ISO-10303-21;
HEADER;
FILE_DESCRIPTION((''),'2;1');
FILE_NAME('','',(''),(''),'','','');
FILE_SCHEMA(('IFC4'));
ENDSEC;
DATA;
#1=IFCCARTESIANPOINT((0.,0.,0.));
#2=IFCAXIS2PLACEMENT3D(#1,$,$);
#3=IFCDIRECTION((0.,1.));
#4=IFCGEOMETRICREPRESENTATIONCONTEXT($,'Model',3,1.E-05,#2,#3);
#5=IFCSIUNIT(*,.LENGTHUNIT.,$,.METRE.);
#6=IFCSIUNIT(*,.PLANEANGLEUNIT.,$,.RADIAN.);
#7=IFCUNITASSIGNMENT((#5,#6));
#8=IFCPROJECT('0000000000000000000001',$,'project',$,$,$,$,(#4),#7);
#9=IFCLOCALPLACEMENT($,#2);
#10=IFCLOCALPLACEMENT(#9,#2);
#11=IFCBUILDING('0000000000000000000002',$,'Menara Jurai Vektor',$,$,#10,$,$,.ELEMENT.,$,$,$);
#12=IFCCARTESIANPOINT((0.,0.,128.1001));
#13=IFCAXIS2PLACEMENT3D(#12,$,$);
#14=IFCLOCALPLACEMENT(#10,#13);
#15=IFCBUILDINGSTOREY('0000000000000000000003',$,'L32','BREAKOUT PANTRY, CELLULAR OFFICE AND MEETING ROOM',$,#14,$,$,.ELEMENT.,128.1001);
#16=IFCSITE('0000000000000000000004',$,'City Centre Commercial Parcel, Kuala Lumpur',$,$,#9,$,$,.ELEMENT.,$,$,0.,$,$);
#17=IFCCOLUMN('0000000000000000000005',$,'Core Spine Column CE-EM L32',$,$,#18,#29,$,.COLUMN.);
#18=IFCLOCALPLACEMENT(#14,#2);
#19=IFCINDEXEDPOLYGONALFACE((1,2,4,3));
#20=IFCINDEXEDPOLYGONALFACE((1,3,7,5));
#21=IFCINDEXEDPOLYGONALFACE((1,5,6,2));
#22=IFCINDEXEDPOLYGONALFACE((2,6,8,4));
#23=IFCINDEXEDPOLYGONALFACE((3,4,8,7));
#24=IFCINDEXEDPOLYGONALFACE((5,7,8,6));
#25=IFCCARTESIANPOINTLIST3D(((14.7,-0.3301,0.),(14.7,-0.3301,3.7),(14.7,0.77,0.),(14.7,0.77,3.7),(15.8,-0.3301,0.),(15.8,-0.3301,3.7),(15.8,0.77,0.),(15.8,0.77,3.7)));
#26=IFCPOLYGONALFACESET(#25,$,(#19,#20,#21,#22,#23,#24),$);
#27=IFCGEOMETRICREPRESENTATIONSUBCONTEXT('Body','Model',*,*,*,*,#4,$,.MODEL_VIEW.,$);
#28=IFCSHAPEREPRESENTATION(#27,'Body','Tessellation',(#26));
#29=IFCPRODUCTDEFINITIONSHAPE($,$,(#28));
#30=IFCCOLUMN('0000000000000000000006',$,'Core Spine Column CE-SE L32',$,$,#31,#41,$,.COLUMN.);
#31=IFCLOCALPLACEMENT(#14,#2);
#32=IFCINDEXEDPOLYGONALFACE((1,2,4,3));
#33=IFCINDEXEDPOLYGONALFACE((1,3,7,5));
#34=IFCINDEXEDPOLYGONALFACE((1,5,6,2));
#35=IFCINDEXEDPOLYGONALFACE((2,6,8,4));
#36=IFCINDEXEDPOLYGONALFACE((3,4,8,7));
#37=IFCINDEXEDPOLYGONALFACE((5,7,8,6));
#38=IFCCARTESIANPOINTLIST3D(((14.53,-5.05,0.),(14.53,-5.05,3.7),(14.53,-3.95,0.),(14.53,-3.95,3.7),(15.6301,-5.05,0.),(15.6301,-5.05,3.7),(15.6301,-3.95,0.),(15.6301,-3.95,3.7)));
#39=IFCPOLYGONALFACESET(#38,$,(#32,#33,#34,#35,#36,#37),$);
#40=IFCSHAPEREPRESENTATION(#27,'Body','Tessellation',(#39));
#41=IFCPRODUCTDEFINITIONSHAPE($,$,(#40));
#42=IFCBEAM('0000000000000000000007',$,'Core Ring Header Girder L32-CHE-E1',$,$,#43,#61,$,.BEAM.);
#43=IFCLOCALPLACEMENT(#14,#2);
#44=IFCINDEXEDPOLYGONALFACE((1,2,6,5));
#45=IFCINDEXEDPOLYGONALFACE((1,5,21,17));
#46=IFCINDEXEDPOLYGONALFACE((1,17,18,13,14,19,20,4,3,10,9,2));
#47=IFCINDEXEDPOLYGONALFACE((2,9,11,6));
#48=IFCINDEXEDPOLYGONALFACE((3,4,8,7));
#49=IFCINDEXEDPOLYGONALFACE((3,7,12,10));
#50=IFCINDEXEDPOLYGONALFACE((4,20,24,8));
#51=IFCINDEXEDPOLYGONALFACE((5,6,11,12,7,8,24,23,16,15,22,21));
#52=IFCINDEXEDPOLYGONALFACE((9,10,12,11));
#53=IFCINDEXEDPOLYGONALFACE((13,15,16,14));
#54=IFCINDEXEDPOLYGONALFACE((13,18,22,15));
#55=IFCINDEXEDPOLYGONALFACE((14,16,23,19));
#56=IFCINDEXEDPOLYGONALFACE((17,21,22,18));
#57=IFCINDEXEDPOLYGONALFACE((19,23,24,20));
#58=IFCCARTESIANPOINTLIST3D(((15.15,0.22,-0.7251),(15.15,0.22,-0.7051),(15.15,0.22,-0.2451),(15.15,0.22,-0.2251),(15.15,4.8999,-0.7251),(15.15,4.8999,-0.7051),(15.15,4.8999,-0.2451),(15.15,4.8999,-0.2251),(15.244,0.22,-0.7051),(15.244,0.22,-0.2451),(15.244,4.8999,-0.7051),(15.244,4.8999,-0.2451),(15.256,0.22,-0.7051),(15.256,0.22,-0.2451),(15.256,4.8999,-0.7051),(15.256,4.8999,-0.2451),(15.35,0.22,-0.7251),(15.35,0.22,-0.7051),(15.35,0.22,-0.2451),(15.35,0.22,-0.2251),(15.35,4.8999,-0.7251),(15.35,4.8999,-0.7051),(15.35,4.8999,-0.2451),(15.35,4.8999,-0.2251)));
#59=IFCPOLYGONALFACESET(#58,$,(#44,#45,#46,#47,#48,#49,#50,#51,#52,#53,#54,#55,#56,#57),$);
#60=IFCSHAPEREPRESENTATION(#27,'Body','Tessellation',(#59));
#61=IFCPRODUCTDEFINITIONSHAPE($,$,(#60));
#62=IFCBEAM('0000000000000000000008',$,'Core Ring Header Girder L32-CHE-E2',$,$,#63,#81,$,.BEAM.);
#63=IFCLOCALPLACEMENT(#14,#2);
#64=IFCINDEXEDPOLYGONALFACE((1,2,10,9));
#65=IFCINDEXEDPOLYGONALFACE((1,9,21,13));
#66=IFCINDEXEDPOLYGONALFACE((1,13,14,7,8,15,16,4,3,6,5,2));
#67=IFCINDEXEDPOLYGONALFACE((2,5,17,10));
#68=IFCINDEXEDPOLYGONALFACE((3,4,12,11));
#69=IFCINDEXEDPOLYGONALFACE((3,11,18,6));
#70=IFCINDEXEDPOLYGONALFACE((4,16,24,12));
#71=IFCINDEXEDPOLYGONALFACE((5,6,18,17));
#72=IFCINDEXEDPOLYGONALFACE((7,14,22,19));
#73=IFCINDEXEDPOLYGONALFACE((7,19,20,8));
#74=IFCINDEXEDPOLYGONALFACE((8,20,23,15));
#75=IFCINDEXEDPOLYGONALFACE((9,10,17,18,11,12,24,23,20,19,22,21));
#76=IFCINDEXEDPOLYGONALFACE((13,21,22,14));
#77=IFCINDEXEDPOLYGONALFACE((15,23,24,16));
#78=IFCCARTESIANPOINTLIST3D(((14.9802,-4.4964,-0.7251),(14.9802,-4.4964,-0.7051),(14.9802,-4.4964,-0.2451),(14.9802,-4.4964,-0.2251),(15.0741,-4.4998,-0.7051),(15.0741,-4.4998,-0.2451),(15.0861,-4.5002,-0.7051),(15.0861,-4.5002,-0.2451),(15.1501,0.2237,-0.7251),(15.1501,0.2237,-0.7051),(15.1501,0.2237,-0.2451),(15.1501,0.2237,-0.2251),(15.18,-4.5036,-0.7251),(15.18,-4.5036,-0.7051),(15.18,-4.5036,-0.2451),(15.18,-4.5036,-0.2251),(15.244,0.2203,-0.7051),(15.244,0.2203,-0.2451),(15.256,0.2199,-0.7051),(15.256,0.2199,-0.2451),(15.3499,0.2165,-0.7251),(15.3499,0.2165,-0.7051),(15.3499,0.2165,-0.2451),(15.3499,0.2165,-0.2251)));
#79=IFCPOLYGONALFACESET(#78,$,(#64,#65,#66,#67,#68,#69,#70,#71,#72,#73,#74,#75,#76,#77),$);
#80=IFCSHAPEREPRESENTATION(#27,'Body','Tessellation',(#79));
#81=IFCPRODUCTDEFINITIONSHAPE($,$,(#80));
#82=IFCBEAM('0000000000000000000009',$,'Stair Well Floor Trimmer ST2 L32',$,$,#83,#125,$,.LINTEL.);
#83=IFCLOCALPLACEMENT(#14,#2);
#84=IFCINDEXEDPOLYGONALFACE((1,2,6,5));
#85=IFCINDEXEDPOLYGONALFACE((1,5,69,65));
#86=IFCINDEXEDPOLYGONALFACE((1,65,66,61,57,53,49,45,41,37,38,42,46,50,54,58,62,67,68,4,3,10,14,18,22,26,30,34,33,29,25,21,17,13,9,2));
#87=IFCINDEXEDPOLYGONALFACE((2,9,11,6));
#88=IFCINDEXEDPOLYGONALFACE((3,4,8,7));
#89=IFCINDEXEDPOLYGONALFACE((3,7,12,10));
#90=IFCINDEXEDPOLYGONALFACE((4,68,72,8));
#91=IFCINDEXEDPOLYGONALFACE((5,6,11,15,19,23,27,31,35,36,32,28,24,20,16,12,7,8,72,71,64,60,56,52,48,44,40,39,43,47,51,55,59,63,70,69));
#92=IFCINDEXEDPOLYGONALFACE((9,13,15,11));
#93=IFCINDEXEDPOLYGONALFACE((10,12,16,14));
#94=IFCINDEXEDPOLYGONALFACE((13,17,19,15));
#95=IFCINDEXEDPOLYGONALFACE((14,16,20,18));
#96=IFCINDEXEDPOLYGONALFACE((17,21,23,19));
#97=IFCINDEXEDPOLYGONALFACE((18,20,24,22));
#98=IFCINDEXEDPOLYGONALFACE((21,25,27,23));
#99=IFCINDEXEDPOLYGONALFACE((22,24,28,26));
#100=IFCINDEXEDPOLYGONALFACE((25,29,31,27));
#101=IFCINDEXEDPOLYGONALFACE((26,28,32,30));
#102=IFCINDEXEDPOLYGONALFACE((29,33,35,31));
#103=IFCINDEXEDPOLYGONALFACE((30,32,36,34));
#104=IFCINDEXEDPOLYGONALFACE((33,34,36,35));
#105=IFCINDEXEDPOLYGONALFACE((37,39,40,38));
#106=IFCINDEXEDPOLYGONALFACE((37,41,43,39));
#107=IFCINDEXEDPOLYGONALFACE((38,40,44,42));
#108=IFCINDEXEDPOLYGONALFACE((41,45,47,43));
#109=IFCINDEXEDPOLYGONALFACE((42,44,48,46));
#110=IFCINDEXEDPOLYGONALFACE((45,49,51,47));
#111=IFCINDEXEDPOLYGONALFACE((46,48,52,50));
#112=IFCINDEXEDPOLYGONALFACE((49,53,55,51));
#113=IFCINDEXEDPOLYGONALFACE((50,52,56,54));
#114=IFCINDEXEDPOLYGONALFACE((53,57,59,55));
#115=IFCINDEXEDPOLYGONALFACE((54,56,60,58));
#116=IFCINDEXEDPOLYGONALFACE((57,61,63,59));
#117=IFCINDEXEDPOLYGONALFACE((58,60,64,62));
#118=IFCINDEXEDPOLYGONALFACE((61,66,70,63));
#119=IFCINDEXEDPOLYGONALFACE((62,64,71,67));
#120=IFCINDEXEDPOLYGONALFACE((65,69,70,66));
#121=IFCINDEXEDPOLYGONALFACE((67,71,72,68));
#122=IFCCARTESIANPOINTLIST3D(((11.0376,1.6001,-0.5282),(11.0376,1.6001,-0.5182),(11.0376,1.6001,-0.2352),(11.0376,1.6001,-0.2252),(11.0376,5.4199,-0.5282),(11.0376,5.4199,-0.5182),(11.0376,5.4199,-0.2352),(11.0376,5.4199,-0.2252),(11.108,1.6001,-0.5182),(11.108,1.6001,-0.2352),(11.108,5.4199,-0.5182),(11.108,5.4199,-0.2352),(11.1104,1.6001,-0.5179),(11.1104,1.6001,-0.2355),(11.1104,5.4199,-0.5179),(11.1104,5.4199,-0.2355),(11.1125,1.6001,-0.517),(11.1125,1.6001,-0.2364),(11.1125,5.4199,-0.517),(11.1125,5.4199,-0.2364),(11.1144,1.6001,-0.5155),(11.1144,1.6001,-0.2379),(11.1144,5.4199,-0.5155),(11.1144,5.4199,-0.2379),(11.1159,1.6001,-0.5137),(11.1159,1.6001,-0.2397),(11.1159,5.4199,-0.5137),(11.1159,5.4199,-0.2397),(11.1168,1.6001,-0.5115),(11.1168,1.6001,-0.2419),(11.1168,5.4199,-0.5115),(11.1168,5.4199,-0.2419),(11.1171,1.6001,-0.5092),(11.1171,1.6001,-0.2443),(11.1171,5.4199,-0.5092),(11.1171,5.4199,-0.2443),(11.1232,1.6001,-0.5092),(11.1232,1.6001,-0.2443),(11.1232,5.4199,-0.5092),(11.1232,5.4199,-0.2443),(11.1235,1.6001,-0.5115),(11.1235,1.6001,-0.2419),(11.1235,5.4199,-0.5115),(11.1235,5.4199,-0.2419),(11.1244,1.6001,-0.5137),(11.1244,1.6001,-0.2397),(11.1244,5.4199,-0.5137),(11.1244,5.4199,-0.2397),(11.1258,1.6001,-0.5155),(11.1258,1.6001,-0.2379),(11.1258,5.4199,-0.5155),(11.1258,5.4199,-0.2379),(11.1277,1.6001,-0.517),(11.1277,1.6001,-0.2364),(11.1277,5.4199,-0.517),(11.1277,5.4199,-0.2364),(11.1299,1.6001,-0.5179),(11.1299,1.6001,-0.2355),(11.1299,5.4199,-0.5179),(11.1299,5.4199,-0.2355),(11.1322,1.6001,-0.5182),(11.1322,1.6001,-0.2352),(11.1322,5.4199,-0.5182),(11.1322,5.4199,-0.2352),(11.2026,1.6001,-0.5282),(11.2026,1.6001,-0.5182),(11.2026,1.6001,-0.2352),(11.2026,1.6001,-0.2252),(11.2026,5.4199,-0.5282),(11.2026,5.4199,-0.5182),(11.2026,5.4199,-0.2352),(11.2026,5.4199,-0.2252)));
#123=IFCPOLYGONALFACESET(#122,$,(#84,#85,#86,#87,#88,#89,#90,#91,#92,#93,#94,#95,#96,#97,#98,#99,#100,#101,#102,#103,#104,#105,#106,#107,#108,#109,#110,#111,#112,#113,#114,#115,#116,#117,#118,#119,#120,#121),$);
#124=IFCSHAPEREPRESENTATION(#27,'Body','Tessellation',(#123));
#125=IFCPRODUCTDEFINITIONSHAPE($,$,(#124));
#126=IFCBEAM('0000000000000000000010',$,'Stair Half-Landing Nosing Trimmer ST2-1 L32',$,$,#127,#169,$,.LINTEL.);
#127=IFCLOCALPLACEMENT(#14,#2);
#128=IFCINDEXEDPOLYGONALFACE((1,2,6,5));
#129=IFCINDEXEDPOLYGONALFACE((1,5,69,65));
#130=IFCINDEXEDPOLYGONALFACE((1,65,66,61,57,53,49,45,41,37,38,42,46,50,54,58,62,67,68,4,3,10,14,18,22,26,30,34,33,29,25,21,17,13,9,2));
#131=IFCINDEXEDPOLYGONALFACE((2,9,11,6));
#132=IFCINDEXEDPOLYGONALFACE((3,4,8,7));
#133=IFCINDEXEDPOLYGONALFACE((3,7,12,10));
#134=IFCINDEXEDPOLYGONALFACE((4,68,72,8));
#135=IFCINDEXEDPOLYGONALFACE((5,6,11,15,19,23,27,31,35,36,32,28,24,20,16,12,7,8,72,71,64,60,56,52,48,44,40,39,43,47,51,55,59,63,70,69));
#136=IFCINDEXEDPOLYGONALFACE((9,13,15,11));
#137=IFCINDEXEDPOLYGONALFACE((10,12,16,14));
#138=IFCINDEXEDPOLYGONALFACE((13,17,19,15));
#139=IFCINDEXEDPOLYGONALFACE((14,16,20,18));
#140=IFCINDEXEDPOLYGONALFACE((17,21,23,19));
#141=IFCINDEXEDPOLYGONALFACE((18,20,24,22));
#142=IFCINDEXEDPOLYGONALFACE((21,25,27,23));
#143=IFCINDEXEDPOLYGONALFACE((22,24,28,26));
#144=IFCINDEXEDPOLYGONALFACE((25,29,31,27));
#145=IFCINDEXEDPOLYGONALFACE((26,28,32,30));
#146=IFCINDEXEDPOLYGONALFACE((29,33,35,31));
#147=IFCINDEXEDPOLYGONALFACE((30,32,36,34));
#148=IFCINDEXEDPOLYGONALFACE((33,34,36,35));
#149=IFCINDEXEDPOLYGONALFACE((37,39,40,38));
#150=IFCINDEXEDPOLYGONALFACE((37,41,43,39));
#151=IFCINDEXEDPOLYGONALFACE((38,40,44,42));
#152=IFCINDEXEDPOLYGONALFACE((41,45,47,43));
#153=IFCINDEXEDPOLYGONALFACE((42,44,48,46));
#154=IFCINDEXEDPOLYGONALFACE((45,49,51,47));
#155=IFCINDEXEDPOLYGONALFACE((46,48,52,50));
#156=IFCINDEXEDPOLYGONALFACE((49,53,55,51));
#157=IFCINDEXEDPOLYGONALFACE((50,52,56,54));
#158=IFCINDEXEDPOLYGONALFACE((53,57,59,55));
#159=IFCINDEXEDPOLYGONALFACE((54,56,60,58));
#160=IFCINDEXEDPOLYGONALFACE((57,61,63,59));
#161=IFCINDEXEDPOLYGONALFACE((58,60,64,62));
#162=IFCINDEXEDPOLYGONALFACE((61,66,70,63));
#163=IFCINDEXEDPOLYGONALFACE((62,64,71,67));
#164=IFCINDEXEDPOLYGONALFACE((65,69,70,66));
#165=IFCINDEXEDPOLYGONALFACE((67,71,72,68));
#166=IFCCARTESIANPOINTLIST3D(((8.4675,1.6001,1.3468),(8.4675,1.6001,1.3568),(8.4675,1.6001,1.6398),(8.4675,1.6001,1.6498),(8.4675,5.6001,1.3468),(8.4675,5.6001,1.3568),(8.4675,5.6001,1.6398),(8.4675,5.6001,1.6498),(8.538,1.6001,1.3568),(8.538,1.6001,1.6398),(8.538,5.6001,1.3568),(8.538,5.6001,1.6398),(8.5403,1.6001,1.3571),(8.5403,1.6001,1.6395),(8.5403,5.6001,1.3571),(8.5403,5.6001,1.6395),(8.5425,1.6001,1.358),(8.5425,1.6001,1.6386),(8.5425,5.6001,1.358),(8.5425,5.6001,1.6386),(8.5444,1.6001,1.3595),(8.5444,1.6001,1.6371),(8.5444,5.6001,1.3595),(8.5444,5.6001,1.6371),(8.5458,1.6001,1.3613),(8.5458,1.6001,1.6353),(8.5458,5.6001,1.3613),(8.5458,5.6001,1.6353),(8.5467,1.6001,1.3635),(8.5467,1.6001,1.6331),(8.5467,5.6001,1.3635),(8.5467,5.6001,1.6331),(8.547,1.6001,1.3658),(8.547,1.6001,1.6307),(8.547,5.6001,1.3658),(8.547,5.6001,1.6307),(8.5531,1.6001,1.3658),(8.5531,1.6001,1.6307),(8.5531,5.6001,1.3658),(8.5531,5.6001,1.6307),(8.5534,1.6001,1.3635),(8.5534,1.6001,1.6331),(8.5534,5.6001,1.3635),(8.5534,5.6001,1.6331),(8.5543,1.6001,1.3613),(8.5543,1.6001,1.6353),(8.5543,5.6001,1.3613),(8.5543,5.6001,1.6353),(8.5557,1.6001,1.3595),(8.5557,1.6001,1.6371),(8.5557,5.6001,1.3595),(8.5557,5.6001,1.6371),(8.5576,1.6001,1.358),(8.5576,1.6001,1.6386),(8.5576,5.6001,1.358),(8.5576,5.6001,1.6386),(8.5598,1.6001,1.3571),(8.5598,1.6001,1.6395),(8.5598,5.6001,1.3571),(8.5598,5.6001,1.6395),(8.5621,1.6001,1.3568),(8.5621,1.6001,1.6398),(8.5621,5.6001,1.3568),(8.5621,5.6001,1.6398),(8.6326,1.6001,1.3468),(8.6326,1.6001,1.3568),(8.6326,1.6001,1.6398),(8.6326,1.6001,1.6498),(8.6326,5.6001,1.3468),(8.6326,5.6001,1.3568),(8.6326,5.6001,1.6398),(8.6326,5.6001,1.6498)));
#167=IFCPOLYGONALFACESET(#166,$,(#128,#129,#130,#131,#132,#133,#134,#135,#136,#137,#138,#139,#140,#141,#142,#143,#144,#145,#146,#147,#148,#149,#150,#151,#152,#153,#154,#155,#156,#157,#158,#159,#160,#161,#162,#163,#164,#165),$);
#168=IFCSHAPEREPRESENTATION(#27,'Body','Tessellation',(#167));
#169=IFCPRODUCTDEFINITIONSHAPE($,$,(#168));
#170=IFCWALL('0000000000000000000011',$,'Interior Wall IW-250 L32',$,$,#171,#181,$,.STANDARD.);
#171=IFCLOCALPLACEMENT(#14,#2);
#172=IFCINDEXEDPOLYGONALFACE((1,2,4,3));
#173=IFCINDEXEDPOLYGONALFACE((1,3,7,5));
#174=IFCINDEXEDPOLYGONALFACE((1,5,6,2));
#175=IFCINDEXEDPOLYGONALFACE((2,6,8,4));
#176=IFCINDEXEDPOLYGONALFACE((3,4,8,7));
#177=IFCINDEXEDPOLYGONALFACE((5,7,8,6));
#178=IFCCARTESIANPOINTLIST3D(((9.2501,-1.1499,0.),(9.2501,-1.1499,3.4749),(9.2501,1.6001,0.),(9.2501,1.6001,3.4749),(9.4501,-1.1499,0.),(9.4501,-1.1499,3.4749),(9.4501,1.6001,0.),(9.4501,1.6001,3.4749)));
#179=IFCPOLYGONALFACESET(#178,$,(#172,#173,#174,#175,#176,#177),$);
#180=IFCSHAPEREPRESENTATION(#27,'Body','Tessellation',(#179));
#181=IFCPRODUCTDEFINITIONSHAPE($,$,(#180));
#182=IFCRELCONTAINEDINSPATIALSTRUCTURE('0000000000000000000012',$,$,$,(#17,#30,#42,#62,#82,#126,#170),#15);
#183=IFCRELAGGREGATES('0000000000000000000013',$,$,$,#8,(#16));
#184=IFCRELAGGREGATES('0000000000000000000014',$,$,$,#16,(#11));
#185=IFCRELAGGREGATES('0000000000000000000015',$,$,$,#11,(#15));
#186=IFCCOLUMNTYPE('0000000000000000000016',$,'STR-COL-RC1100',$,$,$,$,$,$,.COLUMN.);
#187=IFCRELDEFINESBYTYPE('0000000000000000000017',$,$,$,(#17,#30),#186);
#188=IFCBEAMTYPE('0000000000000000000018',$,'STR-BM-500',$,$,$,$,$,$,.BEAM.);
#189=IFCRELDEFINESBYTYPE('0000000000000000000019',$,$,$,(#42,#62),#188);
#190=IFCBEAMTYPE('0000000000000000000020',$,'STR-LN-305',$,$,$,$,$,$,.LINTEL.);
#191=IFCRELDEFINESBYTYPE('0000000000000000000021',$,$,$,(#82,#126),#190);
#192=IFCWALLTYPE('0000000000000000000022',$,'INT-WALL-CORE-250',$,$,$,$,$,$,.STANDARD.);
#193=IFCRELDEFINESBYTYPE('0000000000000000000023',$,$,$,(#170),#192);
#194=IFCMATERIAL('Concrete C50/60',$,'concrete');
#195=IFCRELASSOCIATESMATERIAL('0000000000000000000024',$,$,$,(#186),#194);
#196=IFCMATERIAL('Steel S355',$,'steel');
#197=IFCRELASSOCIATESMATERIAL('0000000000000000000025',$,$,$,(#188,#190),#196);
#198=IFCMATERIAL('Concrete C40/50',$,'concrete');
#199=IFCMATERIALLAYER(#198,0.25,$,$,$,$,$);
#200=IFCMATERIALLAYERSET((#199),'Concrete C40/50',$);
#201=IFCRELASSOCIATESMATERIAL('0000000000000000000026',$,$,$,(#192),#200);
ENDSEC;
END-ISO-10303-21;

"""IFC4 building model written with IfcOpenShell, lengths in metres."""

from ifc_helpers import new_model, si_unit, direction, frame, frame_2d, origin, origin_2d, place, context, subcontext, project, spatial, rectangle, i_section, extrude, material, layer, layer_set, material_profile, profile_set, type_object, element, save


model = new_model("IFC4")

# Units and contexts
model_context = context("Model", 3, precision=1e-05, world=origin(), true_north=direction((0.0, 1.0)))
body_context = subcontext(model_context, "Body", "Model", "MODEL_VIEW")
ifc_project = project(units=[si_unit("LENGTHUNIT", "METRE"), si_unit("PLANEANGLEUNIT", "RADIAN")], contexts=[model_context])

# Site, building, storey
site_placement = place(None, origin())
site = spatial("IfcSite", under=ifc_project, at=site_placement, Name="City Centre Commercial Parcel, Kuala Lumpur", CompositionType="ELEMENT", RefElevation=0.0)
building_placement = place(site_placement, origin())
building = spatial("IfcBuilding", under=site, at=building_placement, Name="Menara Jurai Vektor", CompositionType="ELEMENT")
storey_placement = place(building_placement, frame((0.0, 0.0, 128.1001)))
storey = spatial("IfcBuildingStorey", under=building, at=storey_placement, Name="L32", Description="BREAKOUT PANTRY, CELLULAR OFFICE AND MEETING ROOM", CompositionType="ELEMENT", Elevation=128.1001)

# Columns
ifc_material_1 = material(Name="Concrete C50/60", Category="concrete")
ifc_material_profile_1 = material_profile(ifc_material_1, rectangle(XDim=1.1001, YDim=1.1001, at=origin_2d()), Name="RC 1100x1100")
ifc_profile_set_1 = profile_set([ifc_material_profile_1], Name="Concrete C50/60")
column_type = type_object("IfcColumnType", Name="STR-COL-RC1100", PredefinedType="COLUMN", material=ifc_profile_set_1)
for number, where, z_axis, x_axis, name in (
    (1, (15.25, 0.22, 0.0), (0.0, 0.0, 1.0), (1.0, 0.0, 0.0), "Core Spine Column CE-EM L32"),
    (2, (15.0801, -4.5, 0.0), (0.0, 0.0, 1.0), (1.0, 0.0, 0.0), "Core Spine Column CE-SE L32"),
):
    element("IfcColumn", number, at=place(storey_placement, frame(where, z_axis=z_axis, x_axis=x_axis)), inside=storey, type_object=column_type, Name=name, PredefinedType="COLUMN", context=body_context, shape_type="SweptSolid", body=[
        extrude(rectangle(XDim=1.1001, YDim=1.1001, at=origin_2d()), origin(), (0.0, 0.0, 1.0), 3.7),
    ])

# Beams
ifc_material_2 = material(Name="Steel S355", Category="steel")
ifc_material_profile_2 = material_profile(ifc_material_2, i_section(OverallWidth=0.2, OverallDepth=0.5, WebThickness=0.012, FlangeThickness=0.02, at=origin_2d()), Name="PG 500x200x96")
ifc_profile_set_2 = profile_set([ifc_material_profile_2], Name="Steel S355")
beam_type_1 = type_object("IfcBeamType", Name="STR-BM-500", PredefinedType="BEAM", material=ifc_profile_set_2)
beam_1_placement = place(storey_placement, frame((15.25, 0.22, -0.4751), z_axis=(0.0, 1.0, 0.0), x_axis=(-1.0, 0.0, 0.0)))
element("IfcBeam", 3, at=beam_1_placement, inside=storey, type_object=beam_type_1, Name="Core Ring Header Girder L32-CHE-E1", PredefinedType="BEAM", context=body_context, shape_type="SweptSolid", body=[
    extrude(i_section(OverallWidth=0.2, OverallDepth=0.5, WebThickness=0.012, FlangeThickness=0.02, at=origin_2d()), origin(), (0.0, 0.0, 1.0), 4.6799),
])
beam_2_placement = place(storey_placement, frame((15.0801, -4.5, -0.4751), z_axis=(0.035977, 0.999353, 0.0), x_axis=(-0.999353, 0.035977, 0.0)))
element("IfcBeam", 4, at=beam_2_placement, inside=storey, type_object=beam_type_1, Name="Core Ring Header Girder L32-CHE-E2", PredefinedType="BEAM", context=body_context, shape_type="SweptSolid", body=[
    extrude(i_section(OverallWidth=0.2, OverallDepth=0.5, WebThickness=0.012, FlangeThickness=0.02, at=origin_2d()), origin(), (0.0, 0.0, 1.0), 4.7231),
])
ifc_material_profile_3 = material_profile(ifc_material_2, i_section(OverallWidth=0.165, OverallDepth=0.303, WebThickness=0.0061, FlangeThickness=0.01, FilletRadius=0.009, at=origin_2d()), Name="UKB 305x165x40")
ifc_profile_set_3 = profile_set([ifc_material_profile_3], Name="Steel S355")
beam_type_2 = type_object("IfcBeamType", Name="STR-LN-305", PredefinedType="LINTEL", material=ifc_profile_set_3)
beam_3_placement = place(storey_placement, frame((11.1201, 1.6001, -0.3767), z_axis=(0.0, 1.0, 0.0), x_axis=(-1.0, 0.0, 0.0)))
element("IfcBeam", 5, at=beam_3_placement, inside=storey, type_object=beam_type_2, Name="Stair Well Floor Trimmer ST2 L32", PredefinedType="LINTEL", context=body_context, shape_type="SweptSolid", body=[
    extrude(i_section(OverallWidth=0.165, OverallDepth=0.303, WebThickness=0.0061, FlangeThickness=0.01, FilletRadius=0.009, at=origin_2d()), origin(), (0.0, 0.0, 1.0), 3.8198),
])
beam_4_placement = place(storey_placement, frame((8.55, 1.6001, 1.4983), z_axis=(0.0, 1.0, 0.0), x_axis=(-1.0, 0.0, 0.0)))
element("IfcBeam", 6, at=beam_4_placement, inside=storey, type_object=beam_type_2, Name="Stair Half-Landing Nosing Trimmer ST2-1 L32", PredefinedType="LINTEL", context=body_context, shape_type="SweptSolid", body=[
    extrude(i_section(OverallWidth=0.165, OverallDepth=0.303, WebThickness=0.0061, FlangeThickness=0.01, FilletRadius=0.009, at=origin_2d()), origin(), (0.0, 0.0, 1.0), 4.0),
])

# Shared definitions
ifc_material_3 = material(Name="Concrete C40/50", Category="concrete")
ifc_layer_1 = layer(ifc_material_3, 0.25)
ifc_layer_set_1 = layer_set([ifc_layer_1], Name="Concrete C40/50")
wall_type_1 = type_object("IfcWallType", Name="INT-WALL-CORE-250", PredefinedType="STANDARD", material=ifc_layer_set_1)

# Wall
wall_1_placement = place(storey_placement, frame((9.3501, -1.1499, 0.0), z_axis=(0.0, 0.0, 1.0), x_axis=(0.0, 1.0, 0.0)))
element("IfcWall", 7, at=wall_1_placement, inside=storey, type_object=wall_type_1, Name="Interior Wall IW-250 L32", PredefinedType="STANDARD", context=body_context, shape_type="SweptSolid", body=[
    extrude(rectangle(XDim=2.75, YDim=0.2, at=frame_2d((1.375, 0.0))), origin(), (0.0, 0.0, 1.0), 3.4749),
])

save(model, "model.ifc")
